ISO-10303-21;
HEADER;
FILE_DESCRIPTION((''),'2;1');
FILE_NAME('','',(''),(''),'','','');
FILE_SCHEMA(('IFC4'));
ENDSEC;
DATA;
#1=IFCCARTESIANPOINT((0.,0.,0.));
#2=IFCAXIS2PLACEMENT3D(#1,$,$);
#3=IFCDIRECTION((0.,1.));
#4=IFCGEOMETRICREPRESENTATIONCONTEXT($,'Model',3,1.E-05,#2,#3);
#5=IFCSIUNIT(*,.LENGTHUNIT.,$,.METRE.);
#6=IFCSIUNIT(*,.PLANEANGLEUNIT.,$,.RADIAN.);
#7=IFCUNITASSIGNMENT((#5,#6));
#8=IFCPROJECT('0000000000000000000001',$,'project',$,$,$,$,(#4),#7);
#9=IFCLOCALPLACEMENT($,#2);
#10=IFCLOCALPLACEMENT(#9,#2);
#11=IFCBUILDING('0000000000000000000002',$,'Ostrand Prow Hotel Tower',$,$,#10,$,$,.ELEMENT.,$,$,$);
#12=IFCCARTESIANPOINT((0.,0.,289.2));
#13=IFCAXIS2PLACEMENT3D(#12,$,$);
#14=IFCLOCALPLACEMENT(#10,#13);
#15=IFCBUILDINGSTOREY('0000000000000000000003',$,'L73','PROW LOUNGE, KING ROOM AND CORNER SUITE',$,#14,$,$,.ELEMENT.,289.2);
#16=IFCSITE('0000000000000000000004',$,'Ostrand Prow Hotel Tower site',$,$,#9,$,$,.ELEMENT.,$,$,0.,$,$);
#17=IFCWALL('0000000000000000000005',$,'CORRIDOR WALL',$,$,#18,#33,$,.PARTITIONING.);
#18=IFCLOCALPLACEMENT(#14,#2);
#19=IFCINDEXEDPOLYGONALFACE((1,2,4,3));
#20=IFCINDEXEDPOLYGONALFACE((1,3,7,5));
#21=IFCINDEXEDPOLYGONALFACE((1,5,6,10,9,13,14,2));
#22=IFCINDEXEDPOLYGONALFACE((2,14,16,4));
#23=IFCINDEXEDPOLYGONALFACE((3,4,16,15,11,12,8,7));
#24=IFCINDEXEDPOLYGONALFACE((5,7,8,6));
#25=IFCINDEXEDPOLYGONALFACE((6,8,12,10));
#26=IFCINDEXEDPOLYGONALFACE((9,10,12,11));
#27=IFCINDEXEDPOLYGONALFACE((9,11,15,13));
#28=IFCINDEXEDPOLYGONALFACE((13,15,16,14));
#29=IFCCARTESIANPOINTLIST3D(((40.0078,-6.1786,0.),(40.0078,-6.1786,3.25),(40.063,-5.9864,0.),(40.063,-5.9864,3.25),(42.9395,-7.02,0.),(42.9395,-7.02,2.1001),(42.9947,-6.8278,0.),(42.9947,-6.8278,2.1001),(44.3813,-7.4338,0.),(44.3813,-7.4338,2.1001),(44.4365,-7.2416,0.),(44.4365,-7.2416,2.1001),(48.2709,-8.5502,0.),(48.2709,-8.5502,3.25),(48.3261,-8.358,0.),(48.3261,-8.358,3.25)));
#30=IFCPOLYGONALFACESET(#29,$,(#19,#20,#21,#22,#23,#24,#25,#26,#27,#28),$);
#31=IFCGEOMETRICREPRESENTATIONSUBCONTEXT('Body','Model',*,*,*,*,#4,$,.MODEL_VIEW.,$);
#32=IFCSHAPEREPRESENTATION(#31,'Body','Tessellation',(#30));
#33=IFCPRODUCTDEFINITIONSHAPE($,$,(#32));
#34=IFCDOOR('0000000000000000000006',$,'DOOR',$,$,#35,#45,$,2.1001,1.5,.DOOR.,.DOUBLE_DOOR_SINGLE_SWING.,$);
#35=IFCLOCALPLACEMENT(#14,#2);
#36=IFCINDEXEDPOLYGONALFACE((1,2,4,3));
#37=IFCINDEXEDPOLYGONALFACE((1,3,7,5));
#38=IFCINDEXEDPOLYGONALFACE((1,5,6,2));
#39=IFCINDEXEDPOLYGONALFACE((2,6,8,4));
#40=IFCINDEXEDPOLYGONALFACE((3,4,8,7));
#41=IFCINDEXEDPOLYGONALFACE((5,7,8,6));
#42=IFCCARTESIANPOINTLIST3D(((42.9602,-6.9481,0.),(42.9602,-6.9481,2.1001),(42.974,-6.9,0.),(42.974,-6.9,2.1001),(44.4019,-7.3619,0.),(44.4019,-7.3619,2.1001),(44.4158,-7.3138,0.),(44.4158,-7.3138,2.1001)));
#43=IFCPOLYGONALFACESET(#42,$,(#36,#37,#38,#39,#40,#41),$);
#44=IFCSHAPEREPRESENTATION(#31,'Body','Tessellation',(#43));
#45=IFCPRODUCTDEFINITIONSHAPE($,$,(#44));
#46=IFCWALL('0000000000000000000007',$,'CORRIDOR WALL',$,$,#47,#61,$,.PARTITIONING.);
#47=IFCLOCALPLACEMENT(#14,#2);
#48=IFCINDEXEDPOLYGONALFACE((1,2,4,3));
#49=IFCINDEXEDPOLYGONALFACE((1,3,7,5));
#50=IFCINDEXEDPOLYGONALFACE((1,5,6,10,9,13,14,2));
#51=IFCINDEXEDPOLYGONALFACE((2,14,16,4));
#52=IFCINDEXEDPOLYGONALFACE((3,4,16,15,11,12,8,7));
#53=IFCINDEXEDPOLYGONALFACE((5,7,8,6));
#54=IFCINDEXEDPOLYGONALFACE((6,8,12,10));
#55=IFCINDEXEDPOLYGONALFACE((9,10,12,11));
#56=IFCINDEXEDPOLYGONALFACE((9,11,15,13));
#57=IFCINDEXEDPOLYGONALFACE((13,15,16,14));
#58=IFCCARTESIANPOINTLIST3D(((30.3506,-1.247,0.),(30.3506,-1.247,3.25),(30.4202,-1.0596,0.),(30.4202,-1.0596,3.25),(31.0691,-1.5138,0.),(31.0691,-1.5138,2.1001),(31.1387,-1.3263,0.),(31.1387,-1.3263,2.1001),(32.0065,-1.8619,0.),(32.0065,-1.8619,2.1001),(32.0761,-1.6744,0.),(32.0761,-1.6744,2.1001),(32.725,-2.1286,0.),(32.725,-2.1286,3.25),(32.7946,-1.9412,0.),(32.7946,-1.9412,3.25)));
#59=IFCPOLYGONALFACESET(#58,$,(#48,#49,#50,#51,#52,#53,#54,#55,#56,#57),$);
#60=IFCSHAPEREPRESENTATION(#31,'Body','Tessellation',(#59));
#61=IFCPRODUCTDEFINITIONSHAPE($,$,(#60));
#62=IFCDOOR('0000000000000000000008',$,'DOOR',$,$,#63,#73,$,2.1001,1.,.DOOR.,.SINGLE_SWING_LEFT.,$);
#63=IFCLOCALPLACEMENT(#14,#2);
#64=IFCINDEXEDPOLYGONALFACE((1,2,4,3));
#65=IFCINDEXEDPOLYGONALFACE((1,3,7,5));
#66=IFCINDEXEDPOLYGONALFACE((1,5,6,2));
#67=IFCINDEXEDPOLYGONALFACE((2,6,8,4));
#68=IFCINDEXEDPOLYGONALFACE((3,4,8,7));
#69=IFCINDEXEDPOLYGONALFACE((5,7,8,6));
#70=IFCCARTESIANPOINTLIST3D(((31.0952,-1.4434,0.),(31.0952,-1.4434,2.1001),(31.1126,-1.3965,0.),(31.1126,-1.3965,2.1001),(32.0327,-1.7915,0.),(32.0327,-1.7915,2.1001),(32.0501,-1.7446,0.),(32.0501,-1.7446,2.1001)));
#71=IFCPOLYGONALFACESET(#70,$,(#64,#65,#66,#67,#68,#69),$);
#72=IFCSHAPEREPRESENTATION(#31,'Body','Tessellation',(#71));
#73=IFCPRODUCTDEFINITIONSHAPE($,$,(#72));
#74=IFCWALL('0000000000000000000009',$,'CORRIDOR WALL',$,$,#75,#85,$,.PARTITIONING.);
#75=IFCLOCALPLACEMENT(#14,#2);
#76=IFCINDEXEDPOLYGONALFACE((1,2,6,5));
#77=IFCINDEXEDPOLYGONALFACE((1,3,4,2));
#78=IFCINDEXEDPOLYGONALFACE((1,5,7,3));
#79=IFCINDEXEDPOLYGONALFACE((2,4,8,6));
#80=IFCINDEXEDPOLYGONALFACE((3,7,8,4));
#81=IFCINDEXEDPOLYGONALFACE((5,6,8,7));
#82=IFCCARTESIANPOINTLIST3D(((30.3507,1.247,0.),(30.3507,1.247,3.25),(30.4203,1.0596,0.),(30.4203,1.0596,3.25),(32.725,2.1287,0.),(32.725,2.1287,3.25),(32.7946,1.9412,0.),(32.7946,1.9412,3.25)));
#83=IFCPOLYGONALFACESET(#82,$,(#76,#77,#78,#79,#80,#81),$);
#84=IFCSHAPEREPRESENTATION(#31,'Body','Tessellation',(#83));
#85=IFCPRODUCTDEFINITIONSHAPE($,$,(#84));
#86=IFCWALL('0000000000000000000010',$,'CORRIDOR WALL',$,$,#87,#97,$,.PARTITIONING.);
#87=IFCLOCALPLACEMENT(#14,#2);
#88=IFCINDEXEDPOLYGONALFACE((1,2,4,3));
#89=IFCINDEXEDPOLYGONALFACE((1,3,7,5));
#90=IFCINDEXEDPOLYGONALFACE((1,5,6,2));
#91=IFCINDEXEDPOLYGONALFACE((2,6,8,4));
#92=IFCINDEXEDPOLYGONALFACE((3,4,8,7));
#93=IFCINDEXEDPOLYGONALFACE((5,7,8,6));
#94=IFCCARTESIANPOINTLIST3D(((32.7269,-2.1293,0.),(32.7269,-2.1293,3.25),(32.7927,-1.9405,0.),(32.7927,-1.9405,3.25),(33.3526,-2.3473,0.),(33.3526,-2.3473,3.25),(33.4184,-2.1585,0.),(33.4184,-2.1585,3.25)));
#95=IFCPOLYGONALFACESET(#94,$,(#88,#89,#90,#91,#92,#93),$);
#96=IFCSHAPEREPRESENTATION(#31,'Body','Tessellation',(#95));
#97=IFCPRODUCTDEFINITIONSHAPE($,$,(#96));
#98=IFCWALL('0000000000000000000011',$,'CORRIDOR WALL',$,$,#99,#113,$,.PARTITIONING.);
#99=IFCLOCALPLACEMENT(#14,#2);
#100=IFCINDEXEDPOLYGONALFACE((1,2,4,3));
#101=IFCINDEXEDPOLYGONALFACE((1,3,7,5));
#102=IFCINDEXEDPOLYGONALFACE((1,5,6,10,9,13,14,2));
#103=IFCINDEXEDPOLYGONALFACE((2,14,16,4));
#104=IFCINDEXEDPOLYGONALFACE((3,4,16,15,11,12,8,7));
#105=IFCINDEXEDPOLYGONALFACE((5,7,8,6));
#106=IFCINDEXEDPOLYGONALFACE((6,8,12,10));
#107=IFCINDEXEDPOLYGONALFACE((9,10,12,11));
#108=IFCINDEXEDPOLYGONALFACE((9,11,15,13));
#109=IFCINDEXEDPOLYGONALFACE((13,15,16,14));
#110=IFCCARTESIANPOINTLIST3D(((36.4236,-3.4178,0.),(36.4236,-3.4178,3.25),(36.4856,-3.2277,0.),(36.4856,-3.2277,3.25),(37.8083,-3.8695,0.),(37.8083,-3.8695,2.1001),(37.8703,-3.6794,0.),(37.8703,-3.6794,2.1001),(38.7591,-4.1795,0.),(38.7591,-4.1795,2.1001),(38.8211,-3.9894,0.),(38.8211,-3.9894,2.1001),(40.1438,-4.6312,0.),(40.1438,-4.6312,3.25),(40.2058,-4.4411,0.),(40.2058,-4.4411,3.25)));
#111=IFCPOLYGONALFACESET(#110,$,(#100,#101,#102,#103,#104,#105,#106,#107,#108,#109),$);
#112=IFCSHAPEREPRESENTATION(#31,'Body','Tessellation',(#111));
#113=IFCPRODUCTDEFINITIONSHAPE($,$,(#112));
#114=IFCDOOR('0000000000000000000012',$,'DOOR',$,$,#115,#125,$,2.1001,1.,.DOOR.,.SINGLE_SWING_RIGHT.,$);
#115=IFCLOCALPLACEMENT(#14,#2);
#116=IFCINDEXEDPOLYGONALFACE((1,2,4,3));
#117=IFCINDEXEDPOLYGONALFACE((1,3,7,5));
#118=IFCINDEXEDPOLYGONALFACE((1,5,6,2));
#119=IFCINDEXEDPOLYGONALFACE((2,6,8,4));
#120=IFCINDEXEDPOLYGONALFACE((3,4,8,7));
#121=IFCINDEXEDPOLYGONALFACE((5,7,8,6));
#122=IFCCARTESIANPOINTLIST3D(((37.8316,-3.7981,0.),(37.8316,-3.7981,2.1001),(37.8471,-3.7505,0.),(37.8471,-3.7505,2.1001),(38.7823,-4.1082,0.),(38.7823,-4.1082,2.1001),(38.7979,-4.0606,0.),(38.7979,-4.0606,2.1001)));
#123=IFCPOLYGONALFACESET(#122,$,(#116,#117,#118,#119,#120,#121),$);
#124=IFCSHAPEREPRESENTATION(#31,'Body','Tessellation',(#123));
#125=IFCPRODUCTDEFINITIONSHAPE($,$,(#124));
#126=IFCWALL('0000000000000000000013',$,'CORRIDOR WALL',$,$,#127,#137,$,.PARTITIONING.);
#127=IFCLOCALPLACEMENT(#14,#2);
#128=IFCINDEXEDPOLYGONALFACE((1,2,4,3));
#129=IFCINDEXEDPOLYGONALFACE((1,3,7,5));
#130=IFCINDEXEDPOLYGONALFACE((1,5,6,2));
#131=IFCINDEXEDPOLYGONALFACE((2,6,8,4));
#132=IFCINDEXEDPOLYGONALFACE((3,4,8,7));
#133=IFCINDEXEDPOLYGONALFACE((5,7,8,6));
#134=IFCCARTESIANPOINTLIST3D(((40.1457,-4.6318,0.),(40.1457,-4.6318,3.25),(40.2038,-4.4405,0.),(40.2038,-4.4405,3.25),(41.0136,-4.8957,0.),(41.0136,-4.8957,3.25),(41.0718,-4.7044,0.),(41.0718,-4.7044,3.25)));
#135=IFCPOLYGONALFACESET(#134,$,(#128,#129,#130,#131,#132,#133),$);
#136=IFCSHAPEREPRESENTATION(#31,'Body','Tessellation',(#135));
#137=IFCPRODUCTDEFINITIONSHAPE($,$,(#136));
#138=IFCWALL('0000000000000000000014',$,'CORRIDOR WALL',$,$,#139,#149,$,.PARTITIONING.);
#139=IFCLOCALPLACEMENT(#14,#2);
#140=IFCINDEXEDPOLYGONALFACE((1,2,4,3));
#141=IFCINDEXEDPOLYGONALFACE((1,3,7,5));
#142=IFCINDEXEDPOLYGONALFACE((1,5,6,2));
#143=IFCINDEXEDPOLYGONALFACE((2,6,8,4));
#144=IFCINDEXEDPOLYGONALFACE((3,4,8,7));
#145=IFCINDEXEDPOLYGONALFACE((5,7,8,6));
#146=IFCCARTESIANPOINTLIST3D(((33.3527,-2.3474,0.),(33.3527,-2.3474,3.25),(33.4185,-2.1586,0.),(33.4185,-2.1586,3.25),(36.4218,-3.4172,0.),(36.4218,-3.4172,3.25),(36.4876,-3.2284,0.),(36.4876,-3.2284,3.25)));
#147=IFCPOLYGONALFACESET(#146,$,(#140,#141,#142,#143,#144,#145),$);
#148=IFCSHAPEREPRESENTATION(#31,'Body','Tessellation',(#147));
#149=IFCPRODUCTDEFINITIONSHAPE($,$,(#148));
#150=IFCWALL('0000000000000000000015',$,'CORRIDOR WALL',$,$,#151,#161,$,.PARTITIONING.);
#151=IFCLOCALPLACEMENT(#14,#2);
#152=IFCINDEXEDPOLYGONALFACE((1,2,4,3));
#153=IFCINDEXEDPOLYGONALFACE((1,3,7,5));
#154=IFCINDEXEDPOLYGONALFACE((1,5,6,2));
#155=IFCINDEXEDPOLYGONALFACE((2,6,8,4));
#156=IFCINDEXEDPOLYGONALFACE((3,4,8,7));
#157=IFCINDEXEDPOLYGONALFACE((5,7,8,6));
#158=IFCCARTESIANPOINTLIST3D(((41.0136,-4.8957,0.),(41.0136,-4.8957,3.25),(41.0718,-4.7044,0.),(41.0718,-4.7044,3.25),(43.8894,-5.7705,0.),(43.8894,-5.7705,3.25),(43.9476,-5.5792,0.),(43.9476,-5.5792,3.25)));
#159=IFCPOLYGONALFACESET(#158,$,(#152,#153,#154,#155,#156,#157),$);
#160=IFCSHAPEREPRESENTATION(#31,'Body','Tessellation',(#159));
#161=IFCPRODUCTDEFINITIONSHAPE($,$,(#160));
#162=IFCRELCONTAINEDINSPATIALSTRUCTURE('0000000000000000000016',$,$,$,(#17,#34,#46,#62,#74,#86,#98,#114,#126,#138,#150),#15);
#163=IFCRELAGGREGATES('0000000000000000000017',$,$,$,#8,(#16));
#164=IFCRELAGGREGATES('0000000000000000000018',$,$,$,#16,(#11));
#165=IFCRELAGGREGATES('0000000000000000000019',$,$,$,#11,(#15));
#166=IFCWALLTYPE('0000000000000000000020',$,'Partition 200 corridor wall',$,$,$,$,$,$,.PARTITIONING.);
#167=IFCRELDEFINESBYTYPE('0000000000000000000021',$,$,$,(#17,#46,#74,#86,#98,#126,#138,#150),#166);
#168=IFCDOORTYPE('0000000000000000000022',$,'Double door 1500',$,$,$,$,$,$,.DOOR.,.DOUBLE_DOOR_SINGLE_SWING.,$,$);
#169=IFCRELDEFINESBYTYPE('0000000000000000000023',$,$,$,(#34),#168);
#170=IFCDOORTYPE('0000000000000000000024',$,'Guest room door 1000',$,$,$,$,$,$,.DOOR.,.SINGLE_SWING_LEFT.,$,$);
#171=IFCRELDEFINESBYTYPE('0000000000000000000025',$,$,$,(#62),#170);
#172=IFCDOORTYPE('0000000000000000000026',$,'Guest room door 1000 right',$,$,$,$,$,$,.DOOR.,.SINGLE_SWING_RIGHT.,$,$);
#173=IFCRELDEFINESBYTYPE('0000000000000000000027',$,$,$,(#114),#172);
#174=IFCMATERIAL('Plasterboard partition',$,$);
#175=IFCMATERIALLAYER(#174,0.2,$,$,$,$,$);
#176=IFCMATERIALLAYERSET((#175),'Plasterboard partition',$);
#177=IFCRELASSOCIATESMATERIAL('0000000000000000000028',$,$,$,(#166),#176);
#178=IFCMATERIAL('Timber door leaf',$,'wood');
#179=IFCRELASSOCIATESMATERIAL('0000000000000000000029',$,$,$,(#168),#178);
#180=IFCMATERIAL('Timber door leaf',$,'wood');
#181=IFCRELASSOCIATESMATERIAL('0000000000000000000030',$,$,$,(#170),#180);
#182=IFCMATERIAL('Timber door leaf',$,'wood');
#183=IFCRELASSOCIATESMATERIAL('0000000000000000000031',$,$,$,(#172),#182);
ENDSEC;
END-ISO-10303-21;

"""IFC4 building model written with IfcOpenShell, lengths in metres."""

from ifc_helpers import new_model, si_unit, direction, frame, frame_2d, origin, place, context, subcontext, project, spatial, rectangle, extrude, material, layer, layer_set, type_object, element, fill, save


model = new_model("IFC4")

# Units and contexts
model_context = context("Model", 3, precision=1e-05, world=origin(), true_north=direction((0.0, 1.0)))
body_context = subcontext(model_context, "Body", "Model", "MODEL_VIEW")
ifc_project = project(units=[si_unit("LENGTHUNIT", "METRE"), si_unit("PLANEANGLEUNIT", "RADIAN")], contexts=[model_context])

# Site, building, storey
site_placement = place(None, origin())
site = spatial("IfcSite", under=ifc_project, at=site_placement, Name="Ostrand Prow Hotel Tower site", CompositionType="ELEMENT", RefElevation=0.0)
building_placement = place(site_placement, origin())
building = spatial("IfcBuilding", under=site, at=building_placement, Name="Ostrand Prow Hotel Tower", CompositionType="ELEMENT")
storey_placement = place(building_placement, frame((0.0, 0.0, 289.2)))
storey = spatial("IfcBuildingStorey", under=building, at=storey_placement, Name="L73", Description="PROW LOUNGE, KING ROOM AND CORNER SUITE", CompositionType="ELEMENT", Elevation=289.2)

# Walls, openings, doors
ifc_material_1 = material(Name="Plasterboard partition")
ifc_layer_1 = layer(ifc_material_1, 0.2)
ifc_layer_set_1 = layer_set([ifc_layer_1], Name="Plasterboard partition")
wall_type_1 = type_object("IfcWallType", Name="Partition 200 corridor wall", PredefinedType="PARTITIONING", material=ifc_layer_set_1)
wall_1_placement = place(storey_placement, frame((40.0354, -6.0825, 0.0), z_axis=(0.0, 0.0, 1.0), x_axis=(0.961195, -0.275869, 0.0)))
wall_1 = element("IfcWall", 1, at=wall_1_placement, inside=storey, type_object=wall_type_1, Name="CORRIDOR WALL", PredefinedType="PARTITIONING", context=body_context, shape_type="SweptSolid", body=[
    extrude(rectangle(XDim=8.5967, YDim=0.2, at=frame_2d((4.2983, 0.0))), origin(), (0.0, 0.0, 1.0), 3.25),
])
opening_1_placement = place(wall_1_placement, frame((3.05, 0.0, 0.0)))
opening_1 = element("IfcOpeningElement", 2, at=opening_1_placement, cuts=wall_1, PredefinedType="OPENING", context=body_context, shape_type="SweptSolid", body=[
    extrude(rectangle(XDim=1.5, YDim=2.1001, at=frame_2d((0.75, 1.05))), frame((0.0, 0.1099, 0.0), z_axis=(0.0, -1.0, 0.0), x_axis=(1.0, 0.0, 0.0)), (0.0, 0.0, 1.0), 0.22),
])
ifc_material_2 = material(Name="Timber door leaf", Category="wood")
door_type_1 = type_object("IfcDoorType", Name="Double door 1500", OperationType="DOUBLE_DOOR_SINGLE_SWING", PredefinedType="DOOR", material=ifc_material_2)
door_1_placement = place(opening_1_placement, origin())
door_1 = element("IfcDoor", 3, at=door_1_placement, inside=storey, type_object=door_type_1, Name="DOOR", OperationType="DOUBLE_DOOR_SINGLE_SWING", OverallHeight=2.1001, OverallWidth=1.5, PredefinedType="DOOR", context=body_context, shape_type="SweptSolid", body=[
    extrude(rectangle(XDim=1.5, YDim=2.1001, at=frame_2d((0.75, 1.05))), frame((0.0, 0.0249, 0.0), z_axis=(0.0, -1.0, 0.0), x_axis=(1.0, 0.0, 0.0)), (0.0, 0.0, 1.0), 0.05),
])
fill(opening_1, door_1)
wall_2_placement = place(storey_placement, frame((32.7598, -2.0349, 0.0), z_axis=(0.0, 0.0, 1.0), x_axis=(-0.937461, 0.34809, 0.0)))
wall_2 = element("IfcWall", 4, at=wall_2_placement, inside=storey, type_object=wall_type_1, Name="CORRIDOR WALL", PredefinedType="PARTITIONING", context=body_context, shape_type="SweptSolid", body=[
    extrude(rectangle(XDim=2.5327, YDim=0.2, at=frame_2d((1.2664, 0.0))), origin(), (0.0, 0.0, 1.0), 3.25),
])
opening_2_placement = place(wall_2_placement, frame((0.7664, 0.0, 0.0)))
opening_2 = element("IfcOpeningElement", 5, at=opening_2_placement, cuts=wall_2, PredefinedType="OPENING", context=body_context, shape_type="SweptSolid", body=[
    extrude(rectangle(XDim=1.0, YDim=2.1001, at=frame_2d((0.5, 1.05))), frame((0.0, 0.1099, 0.0), z_axis=(0.0, -1.0, 0.0), x_axis=(1.0, 0.0, 0.0)), (0.0, 0.0, 1.0), 0.22),
])
ifc_material_3 = material(Name="Timber door leaf", Category="wood")
door_type_2 = type_object("IfcDoorType", Name="Guest room door 1000", OperationType="SINGLE_SWING_LEFT", PredefinedType="DOOR", material=ifc_material_3)
door_2_placement = place(opening_2_placement, origin())
door_2 = element("IfcDoor", 6, at=door_2_placement, inside=storey, type_object=door_type_2, Name="DOOR", OperationType="SINGLE_SWING_LEFT", OverallHeight=2.1001, OverallWidth=1.0, PredefinedType="DOOR", context=body_context, shape_type="SweptSolid", body=[
    extrude(rectangle(XDim=1.0, YDim=2.1001, at=frame_2d((0.5, 1.05))), frame((0.0, 0.0249, 0.0), z_axis=(0.0, -1.0, 0.0), x_axis=(1.0, 0.0, 0.0)), (0.0, 0.0, 1.0), 0.05),
])
fill(opening_2, door_2)

# Walls
wall_3_placement = place(storey_placement, frame((30.3855, 1.1533, 0.0), z_axis=(0.0, 0.0, 1.0), x_axis=(0.937461, 0.34809, 0.0)))
element("IfcWall", 7, at=wall_3_placement, inside=storey, type_object=wall_type_1, Name="CORRIDOR WALL", PredefinedType="PARTITIONING", context=body_context, shape_type="SweptSolid", body=[
    extrude(rectangle(XDim=2.5327, YDim=0.2, at=frame_2d((1.2664, 0.0))), origin(), (0.0, 0.0, 1.0), 3.25),
])
wall_4_placement = place(storey_placement, frame((33.3855, -2.2529, 0.0), z_axis=(0.0, 0.0, 1.0), x_axis=(-0.944323, 0.329021, 0.0)))
element("IfcWall", 8, at=wall_4_placement, inside=storey, type_object=wall_type_1, Name="CORRIDOR WALL", PredefinedType="PARTITIONING", context=body_context, shape_type="SweptSolid", body=[
    extrude(rectangle(XDim=0.6626, YDim=0.2, at=frame_2d((0.3313, 0.0))), origin(), (0.0, 0.0, 1.0), 3.25),
])

# Wall, opening, door
wall_5_placement = place(storey_placement, frame((40.1748, -4.5361, 0.0), z_axis=(0.0, 0.0, 1.0), x_axis=(-0.95071, 0.310082, 0.0)))
wall_5 = element("IfcWall", 9, at=wall_5_placement, inside=storey, type_object=wall_type_1, Name="CORRIDOR WALL", PredefinedType="PARTITIONING", context=body_context, shape_type="SweptSolid", body=[
    extrude(rectangle(XDim=3.9131, YDim=0.2, at=frame_2d((1.9565, 0.0))), origin(), (0.0, 0.0, 1.0), 3.25),
])
opening_3_placement = place(wall_5_placement, frame((1.4565, 0.0, 0.0)))
opening_3 = element("IfcOpeningElement", 10, at=opening_3_placement, cuts=wall_5, PredefinedType="OPENING", context=body_context, shape_type="SweptSolid", body=[
    extrude(rectangle(XDim=1.0, YDim=2.1001, at=frame_2d((0.5, 1.05))), frame((0.0, 0.1099, 0.0), z_axis=(0.0, -1.0, 0.0), x_axis=(1.0, 0.0, 0.0)), (0.0, 0.0, 1.0), 0.22),
])
ifc_material_4 = material(Name="Timber door leaf", Category="wood")
door_type_3 = type_object("IfcDoorType", Name="Guest room door 1000 right", OperationType="SINGLE_SWING_RIGHT", PredefinedType="DOOR", material=ifc_material_4)
door_3_placement = place(opening_3_placement, origin())
door_3 = element("IfcDoor", 11, at=door_3_placement, inside=storey, type_object=door_type_3, Name="DOOR", OperationType="SINGLE_SWING_RIGHT", OverallHeight=2.1001, OverallWidth=1.0, PredefinedType="DOOR", context=body_context, shape_type="SweptSolid", body=[
    extrude(rectangle(XDim=1.0, YDim=2.1001, at=frame_2d((0.5, 1.05))), frame((0.0, 0.0249, 0.0), z_axis=(0.0, -1.0, 0.0), x_axis=(1.0, 0.0, 0.0)), (0.0, 0.0, 1.0), 0.05),
])
fill(opening_3, door_3)

# Walls
wall_6_placement = place(storey_placement, frame((41.0427, -4.8, 0.0), z_axis=(0.0, 0.0, 1.0), x_axis=(-0.956746, 0.290926, 0.0)))
element("IfcWall", 12, at=wall_6_placement, inside=storey, type_object=wall_type_1, Name="CORRIDOR WALL", PredefinedType="PARTITIONING", context=body_context, shape_type="SweptSolid", body=[
    extrude(rectangle(XDim=0.9072, YDim=0.2, at=frame_2d((0.4536, 0.0))), origin(), (0.0, 0.0, 1.0), 3.25),
])
wall_7_placement = place(storey_placement, frame((36.4546, -3.3228, 0.0), z_axis=(0.0, 0.0, 1.0), x_axis=(-0.944276, 0.329156, 0.0)))
element("IfcWall", 13, at=wall_7_placement, inside=storey, type_object=wall_type_1, Name="CORRIDOR WALL", PredefinedType="PARTITIONING", context=body_context, shape_type="SweptSolid", body=[
    extrude(rectangle(XDim=3.2502, YDim=0.2, at=frame_2d((1.625, 0.0))), origin(), (0.0, 0.0, 1.0), 3.25),
])
wall_8_placement = place(storey_placement, frame((43.9185, -5.6748, 0.0), z_axis=(0.0, 0.0, 1.0), x_axis=(-0.956717, 0.291019, 0.0)))
element("IfcWall", 14, at=wall_8_placement, inside=storey, type_object=wall_type_1, Name="CORRIDOR WALL", PredefinedType="PARTITIONING", context=body_context, shape_type="SweptSolid", body=[
    extrude(rectangle(XDim=3.0059, YDim=0.2, at=frame_2d((1.5029, 0.0))), origin(), (0.0, 0.0, 1.0), 3.25),
])

save(model, "model.ifc")
